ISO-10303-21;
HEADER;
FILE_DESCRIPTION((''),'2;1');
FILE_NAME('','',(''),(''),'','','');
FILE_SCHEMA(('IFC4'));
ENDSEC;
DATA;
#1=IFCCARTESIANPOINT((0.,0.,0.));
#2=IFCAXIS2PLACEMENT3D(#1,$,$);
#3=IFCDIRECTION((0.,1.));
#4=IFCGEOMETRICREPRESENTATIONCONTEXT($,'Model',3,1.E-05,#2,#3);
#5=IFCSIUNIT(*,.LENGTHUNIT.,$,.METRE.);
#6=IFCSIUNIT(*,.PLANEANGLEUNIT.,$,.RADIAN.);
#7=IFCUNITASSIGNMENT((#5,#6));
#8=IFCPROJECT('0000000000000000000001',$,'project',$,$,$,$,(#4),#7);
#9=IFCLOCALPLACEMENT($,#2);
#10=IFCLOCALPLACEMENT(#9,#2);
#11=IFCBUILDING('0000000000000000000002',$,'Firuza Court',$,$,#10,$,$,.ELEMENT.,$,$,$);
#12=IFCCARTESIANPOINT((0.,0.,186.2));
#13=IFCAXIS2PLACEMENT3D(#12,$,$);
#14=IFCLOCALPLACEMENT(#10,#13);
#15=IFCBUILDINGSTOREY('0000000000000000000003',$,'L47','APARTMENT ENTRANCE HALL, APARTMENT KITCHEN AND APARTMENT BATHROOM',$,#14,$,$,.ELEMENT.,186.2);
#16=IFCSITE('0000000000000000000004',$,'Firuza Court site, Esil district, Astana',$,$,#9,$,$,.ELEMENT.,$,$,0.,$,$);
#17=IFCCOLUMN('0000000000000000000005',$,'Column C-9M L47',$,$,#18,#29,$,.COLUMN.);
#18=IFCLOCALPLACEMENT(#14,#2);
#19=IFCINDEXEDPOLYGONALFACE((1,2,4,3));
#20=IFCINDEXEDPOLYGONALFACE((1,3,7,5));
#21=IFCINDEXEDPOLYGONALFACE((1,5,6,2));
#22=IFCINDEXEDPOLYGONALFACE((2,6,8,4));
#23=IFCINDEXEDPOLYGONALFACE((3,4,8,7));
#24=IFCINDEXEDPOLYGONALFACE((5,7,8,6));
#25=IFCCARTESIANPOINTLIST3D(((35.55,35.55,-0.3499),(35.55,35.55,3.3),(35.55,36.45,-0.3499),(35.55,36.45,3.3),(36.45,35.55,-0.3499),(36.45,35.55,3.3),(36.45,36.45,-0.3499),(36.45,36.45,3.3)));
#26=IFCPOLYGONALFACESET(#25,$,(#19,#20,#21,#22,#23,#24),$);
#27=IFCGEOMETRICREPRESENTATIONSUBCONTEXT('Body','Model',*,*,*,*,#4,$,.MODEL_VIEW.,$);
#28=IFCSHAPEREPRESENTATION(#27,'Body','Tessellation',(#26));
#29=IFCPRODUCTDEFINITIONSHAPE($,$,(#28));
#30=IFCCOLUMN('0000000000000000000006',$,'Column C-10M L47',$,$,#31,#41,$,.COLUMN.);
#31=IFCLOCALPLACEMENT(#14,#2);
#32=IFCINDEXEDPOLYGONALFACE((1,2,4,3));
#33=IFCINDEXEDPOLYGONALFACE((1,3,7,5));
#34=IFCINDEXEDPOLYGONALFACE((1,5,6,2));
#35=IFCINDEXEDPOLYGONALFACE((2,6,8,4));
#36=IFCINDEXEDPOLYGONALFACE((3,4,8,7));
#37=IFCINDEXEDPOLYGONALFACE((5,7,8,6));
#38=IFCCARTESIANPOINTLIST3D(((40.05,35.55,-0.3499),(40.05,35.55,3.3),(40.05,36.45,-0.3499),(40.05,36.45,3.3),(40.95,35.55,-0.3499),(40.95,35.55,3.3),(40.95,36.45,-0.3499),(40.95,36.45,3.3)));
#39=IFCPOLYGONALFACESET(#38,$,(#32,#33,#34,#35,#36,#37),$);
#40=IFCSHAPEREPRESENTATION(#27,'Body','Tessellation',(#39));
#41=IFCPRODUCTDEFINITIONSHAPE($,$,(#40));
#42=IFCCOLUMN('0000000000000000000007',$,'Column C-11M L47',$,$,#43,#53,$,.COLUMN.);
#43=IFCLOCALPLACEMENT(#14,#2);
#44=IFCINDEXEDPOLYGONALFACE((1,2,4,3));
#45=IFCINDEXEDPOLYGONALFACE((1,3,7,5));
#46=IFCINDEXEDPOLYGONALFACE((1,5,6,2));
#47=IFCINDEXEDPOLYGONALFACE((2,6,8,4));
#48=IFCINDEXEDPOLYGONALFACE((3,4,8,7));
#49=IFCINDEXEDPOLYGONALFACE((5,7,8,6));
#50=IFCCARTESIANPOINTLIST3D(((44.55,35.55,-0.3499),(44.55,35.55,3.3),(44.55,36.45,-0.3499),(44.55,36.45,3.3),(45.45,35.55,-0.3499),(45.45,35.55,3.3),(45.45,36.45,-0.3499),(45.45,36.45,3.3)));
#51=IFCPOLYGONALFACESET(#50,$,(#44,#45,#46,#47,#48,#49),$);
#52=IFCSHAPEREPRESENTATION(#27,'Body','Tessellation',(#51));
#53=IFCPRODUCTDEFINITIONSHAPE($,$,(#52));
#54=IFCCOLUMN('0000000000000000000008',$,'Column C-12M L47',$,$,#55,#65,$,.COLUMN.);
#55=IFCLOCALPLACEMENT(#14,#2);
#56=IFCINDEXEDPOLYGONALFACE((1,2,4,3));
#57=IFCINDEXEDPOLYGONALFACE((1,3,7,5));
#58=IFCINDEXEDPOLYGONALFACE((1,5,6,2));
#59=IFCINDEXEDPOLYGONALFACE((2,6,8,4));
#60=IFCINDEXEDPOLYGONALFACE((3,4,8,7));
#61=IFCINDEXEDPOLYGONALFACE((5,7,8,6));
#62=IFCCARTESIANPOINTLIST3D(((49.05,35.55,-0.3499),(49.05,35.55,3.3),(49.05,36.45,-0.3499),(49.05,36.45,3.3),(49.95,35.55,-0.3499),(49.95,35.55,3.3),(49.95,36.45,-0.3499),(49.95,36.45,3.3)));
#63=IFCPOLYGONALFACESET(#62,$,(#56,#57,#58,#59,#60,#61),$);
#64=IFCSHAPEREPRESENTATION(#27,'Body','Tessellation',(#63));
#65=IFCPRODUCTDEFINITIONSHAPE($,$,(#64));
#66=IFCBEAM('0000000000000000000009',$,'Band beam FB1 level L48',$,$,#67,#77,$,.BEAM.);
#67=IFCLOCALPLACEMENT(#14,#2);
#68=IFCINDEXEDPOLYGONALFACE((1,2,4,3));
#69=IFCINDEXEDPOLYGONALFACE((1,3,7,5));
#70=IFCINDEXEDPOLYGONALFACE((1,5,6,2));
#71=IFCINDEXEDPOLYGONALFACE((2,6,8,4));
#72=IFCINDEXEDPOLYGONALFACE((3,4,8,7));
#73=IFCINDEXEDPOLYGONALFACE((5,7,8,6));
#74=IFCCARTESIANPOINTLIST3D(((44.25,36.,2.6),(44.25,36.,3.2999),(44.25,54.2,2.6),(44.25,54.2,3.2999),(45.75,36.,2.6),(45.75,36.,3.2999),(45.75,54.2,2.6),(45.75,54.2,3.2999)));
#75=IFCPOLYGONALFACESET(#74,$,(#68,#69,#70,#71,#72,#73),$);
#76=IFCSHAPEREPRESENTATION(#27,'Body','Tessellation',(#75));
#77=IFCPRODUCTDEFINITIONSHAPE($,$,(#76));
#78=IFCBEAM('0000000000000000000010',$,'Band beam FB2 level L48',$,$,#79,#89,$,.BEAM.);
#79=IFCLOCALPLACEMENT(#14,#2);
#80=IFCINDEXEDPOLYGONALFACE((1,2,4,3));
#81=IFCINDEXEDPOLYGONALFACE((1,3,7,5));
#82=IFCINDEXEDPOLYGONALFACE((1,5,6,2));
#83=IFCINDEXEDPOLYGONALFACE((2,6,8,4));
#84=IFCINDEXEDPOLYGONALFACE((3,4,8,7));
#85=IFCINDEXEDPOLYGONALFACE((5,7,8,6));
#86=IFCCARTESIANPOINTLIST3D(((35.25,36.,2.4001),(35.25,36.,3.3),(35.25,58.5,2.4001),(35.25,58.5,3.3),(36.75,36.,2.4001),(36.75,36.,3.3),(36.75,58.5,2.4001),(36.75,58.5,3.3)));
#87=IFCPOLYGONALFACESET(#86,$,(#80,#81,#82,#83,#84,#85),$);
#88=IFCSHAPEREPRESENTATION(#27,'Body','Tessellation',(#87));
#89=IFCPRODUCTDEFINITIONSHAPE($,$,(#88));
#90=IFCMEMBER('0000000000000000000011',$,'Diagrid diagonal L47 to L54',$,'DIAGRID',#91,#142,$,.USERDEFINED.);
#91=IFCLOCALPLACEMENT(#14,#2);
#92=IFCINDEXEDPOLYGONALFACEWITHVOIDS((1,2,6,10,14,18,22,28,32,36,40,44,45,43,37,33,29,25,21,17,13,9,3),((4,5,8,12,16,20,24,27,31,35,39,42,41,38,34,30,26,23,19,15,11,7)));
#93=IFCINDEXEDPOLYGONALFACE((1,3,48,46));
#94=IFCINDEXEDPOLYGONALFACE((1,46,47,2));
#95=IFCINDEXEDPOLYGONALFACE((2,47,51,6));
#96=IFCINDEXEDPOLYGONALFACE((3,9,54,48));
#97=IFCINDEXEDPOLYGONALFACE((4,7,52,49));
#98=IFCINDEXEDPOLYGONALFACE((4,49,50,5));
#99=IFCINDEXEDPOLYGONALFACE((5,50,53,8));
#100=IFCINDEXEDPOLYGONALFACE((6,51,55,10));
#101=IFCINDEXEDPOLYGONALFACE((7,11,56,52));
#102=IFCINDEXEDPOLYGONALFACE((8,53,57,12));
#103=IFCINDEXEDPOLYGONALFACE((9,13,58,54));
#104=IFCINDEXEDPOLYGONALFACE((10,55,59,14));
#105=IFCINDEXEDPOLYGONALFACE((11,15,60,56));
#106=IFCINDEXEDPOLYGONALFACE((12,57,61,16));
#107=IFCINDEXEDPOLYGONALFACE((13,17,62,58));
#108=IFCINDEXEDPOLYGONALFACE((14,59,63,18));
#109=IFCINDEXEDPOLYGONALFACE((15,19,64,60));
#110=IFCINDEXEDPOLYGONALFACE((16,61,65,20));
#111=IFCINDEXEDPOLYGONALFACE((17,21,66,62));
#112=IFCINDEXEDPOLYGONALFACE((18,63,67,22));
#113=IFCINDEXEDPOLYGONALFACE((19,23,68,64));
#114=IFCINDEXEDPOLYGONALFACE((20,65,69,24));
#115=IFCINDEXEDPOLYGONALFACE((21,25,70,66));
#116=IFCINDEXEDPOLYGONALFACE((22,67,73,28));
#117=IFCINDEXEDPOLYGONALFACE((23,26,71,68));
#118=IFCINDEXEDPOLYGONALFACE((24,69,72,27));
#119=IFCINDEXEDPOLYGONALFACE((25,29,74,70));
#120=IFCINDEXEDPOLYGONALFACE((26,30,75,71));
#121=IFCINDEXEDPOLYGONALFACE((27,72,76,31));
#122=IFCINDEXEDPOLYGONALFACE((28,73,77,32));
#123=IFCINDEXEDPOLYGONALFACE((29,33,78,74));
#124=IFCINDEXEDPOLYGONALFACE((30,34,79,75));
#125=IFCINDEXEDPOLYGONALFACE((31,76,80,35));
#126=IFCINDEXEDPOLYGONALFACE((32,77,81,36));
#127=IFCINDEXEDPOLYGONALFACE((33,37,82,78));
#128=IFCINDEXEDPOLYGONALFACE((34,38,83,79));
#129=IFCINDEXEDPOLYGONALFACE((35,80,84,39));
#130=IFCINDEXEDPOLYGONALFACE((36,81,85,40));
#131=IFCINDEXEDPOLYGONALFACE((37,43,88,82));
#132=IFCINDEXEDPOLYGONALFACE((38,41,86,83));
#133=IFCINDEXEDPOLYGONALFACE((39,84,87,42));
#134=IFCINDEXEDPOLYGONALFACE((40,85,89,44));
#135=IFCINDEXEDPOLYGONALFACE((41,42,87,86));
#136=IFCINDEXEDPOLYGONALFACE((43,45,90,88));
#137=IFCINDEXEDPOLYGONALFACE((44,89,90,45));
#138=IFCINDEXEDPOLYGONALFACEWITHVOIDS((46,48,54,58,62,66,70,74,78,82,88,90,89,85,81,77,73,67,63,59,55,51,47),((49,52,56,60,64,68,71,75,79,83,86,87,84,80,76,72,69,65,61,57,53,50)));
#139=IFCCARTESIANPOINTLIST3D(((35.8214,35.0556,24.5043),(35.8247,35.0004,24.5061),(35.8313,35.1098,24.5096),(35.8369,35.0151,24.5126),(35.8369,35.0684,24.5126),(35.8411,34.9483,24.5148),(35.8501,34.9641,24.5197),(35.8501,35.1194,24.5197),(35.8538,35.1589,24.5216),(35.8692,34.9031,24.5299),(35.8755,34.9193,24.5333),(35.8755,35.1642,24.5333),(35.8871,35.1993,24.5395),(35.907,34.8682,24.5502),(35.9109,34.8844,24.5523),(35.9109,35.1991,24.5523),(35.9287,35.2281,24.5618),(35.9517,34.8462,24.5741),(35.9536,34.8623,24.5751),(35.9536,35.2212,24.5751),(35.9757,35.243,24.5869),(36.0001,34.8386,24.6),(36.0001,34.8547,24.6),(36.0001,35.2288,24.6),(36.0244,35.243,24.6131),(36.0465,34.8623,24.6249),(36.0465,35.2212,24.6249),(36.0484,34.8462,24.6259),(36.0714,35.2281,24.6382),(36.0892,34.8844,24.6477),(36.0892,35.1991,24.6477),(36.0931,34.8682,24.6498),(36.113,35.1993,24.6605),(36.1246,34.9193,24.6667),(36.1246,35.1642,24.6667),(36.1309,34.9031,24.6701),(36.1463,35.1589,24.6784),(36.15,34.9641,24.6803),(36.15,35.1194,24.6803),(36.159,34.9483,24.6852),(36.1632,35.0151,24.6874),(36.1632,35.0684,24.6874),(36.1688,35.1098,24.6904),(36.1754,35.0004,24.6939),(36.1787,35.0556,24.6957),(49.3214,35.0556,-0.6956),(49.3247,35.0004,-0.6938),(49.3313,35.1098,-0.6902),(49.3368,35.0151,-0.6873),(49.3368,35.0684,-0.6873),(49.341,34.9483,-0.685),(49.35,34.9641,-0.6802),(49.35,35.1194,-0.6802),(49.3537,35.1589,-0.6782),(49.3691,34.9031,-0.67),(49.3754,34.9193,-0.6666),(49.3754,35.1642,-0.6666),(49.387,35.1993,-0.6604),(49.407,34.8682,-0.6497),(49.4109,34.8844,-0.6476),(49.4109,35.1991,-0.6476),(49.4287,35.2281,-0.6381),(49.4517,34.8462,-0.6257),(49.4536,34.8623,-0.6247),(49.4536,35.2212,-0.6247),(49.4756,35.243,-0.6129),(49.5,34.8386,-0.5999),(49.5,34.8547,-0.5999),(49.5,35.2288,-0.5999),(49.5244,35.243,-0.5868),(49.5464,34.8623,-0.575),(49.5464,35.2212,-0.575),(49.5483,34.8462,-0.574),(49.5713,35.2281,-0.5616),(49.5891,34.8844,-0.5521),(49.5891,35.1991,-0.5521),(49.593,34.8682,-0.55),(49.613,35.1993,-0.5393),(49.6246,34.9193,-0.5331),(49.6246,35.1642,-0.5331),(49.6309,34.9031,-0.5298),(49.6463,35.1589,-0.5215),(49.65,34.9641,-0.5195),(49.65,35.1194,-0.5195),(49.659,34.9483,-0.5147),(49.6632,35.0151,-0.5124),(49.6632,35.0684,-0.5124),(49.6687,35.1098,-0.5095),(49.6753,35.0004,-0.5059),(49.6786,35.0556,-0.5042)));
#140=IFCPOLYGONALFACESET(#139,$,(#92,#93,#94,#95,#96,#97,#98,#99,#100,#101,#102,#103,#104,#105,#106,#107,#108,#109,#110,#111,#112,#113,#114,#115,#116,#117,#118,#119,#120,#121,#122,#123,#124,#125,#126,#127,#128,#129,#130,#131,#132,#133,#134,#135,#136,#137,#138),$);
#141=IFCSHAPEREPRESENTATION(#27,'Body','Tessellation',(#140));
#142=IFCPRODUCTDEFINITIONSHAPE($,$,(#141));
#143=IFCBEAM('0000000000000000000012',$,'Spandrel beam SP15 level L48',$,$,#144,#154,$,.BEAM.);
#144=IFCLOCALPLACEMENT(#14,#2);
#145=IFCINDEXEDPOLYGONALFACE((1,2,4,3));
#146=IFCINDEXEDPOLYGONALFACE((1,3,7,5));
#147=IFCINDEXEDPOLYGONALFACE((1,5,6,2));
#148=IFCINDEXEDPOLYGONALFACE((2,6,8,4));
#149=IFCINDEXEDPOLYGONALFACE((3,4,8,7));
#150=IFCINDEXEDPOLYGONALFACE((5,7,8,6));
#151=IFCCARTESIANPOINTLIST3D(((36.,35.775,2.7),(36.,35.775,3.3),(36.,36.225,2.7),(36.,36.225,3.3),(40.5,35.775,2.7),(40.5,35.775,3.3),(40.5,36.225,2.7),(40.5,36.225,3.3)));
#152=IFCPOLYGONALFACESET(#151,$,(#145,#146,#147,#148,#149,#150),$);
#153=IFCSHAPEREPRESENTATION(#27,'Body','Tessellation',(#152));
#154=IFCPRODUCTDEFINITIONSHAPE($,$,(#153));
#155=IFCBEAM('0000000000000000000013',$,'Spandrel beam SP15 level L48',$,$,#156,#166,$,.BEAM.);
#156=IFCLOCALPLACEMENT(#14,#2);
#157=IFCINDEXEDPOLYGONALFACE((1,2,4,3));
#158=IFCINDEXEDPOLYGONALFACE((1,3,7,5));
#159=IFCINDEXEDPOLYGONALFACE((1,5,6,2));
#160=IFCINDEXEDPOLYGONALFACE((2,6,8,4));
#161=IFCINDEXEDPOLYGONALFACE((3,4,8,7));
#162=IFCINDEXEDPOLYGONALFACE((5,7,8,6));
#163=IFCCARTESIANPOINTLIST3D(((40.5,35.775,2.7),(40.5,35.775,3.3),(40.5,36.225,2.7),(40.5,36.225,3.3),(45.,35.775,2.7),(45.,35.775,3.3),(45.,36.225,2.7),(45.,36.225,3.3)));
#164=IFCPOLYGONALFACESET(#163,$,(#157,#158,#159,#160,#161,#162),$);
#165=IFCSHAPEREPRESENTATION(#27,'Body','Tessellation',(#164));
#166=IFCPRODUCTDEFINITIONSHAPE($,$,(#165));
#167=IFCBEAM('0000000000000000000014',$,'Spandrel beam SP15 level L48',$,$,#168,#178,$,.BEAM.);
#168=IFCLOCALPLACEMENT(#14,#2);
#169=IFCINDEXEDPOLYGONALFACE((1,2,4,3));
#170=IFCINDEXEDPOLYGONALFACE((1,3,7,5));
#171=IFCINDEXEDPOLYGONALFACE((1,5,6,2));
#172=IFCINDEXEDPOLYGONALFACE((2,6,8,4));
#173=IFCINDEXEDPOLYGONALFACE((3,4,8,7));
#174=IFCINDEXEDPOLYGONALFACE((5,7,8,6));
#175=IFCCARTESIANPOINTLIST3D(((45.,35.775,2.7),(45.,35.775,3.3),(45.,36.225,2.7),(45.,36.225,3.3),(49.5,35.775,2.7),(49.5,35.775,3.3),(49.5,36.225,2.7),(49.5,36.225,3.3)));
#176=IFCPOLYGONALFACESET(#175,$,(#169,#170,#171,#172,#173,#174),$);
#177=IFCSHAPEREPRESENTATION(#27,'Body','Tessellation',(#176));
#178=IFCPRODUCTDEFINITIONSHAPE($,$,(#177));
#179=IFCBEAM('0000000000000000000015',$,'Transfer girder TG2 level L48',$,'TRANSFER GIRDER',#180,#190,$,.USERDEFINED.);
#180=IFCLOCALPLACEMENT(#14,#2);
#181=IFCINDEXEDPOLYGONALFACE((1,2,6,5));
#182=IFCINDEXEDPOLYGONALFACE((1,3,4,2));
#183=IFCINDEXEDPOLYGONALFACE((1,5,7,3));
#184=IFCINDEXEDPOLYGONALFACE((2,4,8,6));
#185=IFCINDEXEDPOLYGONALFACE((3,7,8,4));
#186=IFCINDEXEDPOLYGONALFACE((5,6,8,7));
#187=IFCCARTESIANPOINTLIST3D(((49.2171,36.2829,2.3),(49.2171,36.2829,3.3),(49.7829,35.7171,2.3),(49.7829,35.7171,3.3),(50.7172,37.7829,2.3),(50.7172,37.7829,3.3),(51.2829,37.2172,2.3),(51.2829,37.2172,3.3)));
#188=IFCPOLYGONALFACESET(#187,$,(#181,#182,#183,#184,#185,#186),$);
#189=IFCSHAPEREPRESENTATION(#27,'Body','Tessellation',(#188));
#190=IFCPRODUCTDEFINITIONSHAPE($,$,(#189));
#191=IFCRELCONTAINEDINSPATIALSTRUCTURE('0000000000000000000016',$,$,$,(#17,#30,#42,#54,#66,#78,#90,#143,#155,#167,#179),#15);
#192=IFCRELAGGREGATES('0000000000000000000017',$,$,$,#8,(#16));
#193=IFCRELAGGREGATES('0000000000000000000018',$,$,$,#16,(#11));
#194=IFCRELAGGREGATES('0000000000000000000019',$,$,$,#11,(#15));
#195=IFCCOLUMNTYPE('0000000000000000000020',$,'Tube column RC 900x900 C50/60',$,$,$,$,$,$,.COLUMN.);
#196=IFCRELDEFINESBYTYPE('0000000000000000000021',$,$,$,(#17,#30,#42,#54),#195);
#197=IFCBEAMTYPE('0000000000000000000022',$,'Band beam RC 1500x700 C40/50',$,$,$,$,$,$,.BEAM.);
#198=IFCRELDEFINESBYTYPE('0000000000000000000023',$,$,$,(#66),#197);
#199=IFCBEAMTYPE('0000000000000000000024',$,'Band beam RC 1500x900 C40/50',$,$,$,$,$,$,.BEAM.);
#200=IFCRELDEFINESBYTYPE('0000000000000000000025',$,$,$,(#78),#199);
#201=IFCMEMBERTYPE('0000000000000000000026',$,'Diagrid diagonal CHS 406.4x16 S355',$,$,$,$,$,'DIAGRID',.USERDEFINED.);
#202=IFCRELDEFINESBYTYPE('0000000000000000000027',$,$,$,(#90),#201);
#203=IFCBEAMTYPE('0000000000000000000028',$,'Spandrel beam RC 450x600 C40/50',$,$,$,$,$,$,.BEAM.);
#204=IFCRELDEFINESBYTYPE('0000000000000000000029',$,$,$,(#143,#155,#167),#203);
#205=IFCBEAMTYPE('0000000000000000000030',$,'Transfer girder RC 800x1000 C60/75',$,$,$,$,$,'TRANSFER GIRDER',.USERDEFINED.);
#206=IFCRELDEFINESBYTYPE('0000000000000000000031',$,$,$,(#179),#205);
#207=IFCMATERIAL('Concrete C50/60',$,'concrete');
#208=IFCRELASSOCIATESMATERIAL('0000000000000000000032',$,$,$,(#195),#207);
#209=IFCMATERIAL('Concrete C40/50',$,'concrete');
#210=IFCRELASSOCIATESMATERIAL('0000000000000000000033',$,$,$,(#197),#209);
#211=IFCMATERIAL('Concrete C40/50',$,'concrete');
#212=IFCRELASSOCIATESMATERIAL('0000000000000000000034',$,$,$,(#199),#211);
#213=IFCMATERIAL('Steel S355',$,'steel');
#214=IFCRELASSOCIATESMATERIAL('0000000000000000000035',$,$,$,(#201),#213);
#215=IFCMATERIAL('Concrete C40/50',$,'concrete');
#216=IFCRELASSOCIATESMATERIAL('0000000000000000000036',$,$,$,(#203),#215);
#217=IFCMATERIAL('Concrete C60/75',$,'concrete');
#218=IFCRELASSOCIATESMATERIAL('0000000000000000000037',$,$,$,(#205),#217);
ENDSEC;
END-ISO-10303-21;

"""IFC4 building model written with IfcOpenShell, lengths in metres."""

from ifc_helpers import new_model, si_unit, direction, frame, origin, origin_2d, place, context, subcontext, project, spatial, rectangle, hollow_circle, extrude, material, material_profile, profile_set, type_object, element, save


model = new_model("IFC4")

# Units and contexts
model_context = context("Model", 3, precision=1e-05, world=origin(), true_north=direction((0.0, 1.0)))
body_context = subcontext(model_context, "Body", "Model", "MODEL_VIEW")
ifc_project = project(units=[si_unit("LENGTHUNIT", "METRE"), si_unit("PLANEANGLEUNIT", "RADIAN")], contexts=[model_context])

# Site, building, storey
site_placement = place(None, origin())
site = spatial("IfcSite", under=ifc_project, at=site_placement, Name="Firuza Court site, Esil district, Astana", CompositionType="ELEMENT", RefElevation=0.0)
building_placement = place(site_placement, origin())
building = spatial("IfcBuilding", under=site, at=building_placement, Name="Firuza Court", CompositionType="ELEMENT")
storey_placement = place(building_placement, frame((0.0, 0.0, 186.2)))
storey = spatial("IfcBuildingStorey", under=building, at=storey_placement, Name="L47", Description="APARTMENT ENTRANCE HALL, APARTMENT KITCHEN AND APARTMENT BATHROOM", CompositionType="ELEMENT", Elevation=186.2)

# Columns
ifc_material_1 = material(Name="Concrete C50/60", Category="concrete")
ifc_material_profile_1 = material_profile(ifc_material_1, rectangle(XDim=0.8999, YDim=0.8999, at=origin_2d()), Name="RC 900x900")
ifc_profile_set_1 = profile_set([ifc_material_profile_1], Name="Concrete C50/60")
column_type = type_object("IfcColumnType", Name="Tube column RC 900x900 C50/60", PredefinedType="COLUMN", material=ifc_profile_set_1)
for number, where, z_axis, x_axis, name in (
    (1, (36.0, 36.0, -0.3499), (0.0, 0.0, 1.0), (1.0, 0.0, 0.0), "Column C-9M L47"),
    (2, (40.5, 36.0, -0.3499), (0.0, 0.0, 1.0), (1.0, 0.0, 0.0), "Column C-10M L47"),
    (3, (45.0, 36.0, -0.3499), (0.0, 0.0, 1.0), (1.0, 0.0, 0.0), "Column C-11M L47"),
    (4, (49.5, 36.0, -0.3499), (0.0, 0.0, 1.0), (1.0, 0.0, 0.0), "Column C-12M L47"),
):
    element("IfcColumn", number, at=place(storey_placement, frame(where, z_axis=z_axis, x_axis=x_axis)), inside=storey, type_object=column_type, Name=name, PredefinedType="COLUMN", context=body_context, shape_type="SweptSolid", body=[
        extrude(rectangle(XDim=0.8999, YDim=0.8999, at=origin_2d()), origin(), (0.0, 0.0, 1.0), 3.6499),
    ])

# Beams
ifc_material_2 = material(Name="Concrete C40/50", Category="concrete")
ifc_material_profile_2 = material_profile(ifc_material_2, rectangle(XDim=1.5, YDim=0.7, at=origin_2d()), Name="RC 1500x700")
ifc_profile_set_2 = profile_set([ifc_material_profile_2], Name="Concrete C40/50")
beam_type_1 = type_object("IfcBeamType", Name="Band beam RC 1500x700 C40/50", PredefinedType="BEAM", material=ifc_profile_set_2)
beam_1_placement = place(storey_placement, frame((45.0, 36.0, 2.95), z_axis=(0.0, 1.0, 0.0), x_axis=(-1.0, 0.0, 0.0)))
element("IfcBeam", 5, at=beam_1_placement, inside=storey, type_object=beam_type_1, Name="Band beam FB1 level L48", PredefinedType="BEAM", context=body_context, shape_type="SweptSolid", body=[
    extrude(rectangle(XDim=1.5, YDim=0.7, at=origin_2d()), origin(), (0.0, 0.0, 1.0), 18.2),
])
ifc_material_3 = material(Name="Concrete C40/50", Category="concrete")
ifc_material_profile_3 = material_profile(ifc_material_3, rectangle(XDim=1.5, YDim=0.8999, at=origin_2d()), Name="RC 1500x900")
ifc_profile_set_3 = profile_set([ifc_material_profile_3], Name="Concrete C40/50")
beam_type_2 = type_object("IfcBeamType", Name="Band beam RC 1500x900 C40/50", PredefinedType="BEAM", material=ifc_profile_set_3)
beam_2_placement = place(storey_placement, frame((36.0, 36.0, 2.8501), z_axis=(0.0, 1.0, 0.0), x_axis=(-1.0, 0.0, 0.0)))
element("IfcBeam", 6, at=beam_2_placement, inside=storey, type_object=beam_type_2, Name="Band beam FB2 level L48", PredefinedType="BEAM", context=body_context, shape_type="SweptSolid", body=[
    extrude(rectangle(XDim=1.5, YDim=0.8999, at=origin_2d()), origin(), (0.0, 0.0, 1.0), 22.5),
])

# Member
ifc_material_4 = material(Name="Steel S355", Category="steel")
ifc_material_profile_4 = material_profile(ifc_material_4, hollow_circle(Radius=0.2031, WallThickness=0.0161, at=origin_2d()), Name="CHS 406.4x16")
ifc_profile_set_4 = profile_set([ifc_material_profile_4], Name="Steel S355")
member_type = type_object("IfcMemberType", Name="Diagrid diagonal CHS 406.4x16 S355", ElementType="DIAGRID", PredefinedType="USERDEFINED", material=ifc_profile_set_4)
member_placement = place(storey_placement, frame((49.5, 35.0417, -0.5999), z_axis=(-0.472222, 0.0, 0.88148), x_axis=(0.0, -1.0, 0.0)))
element("IfcMember", 7, at=member_placement, inside=storey, type_object=member_type, Name="Diagrid diagonal L47 to L54", ObjectType="DIAGRID", PredefinedType="USERDEFINED", context=body_context, shape_type="SweptSolid", body=[
    extrude(hollow_circle(Radius=0.2031, WallThickness=0.0161, at=origin_2d()), origin(), (0.0, 0.0, 1.0), 28.5881),
])

# Beams
ifc_material_5 = material(Name="Concrete C40/50", Category="concrete")
ifc_material_profile_5 = material_profile(ifc_material_5, rectangle(XDim=0.45, YDim=0.6001, at=origin_2d()), Name="RC 450x600")
ifc_profile_set_5 = profile_set([ifc_material_profile_5], Name="Concrete C40/50")
beam_type_3 = type_object("IfcBeamType", Name="Spandrel beam RC 450x600 C40/50", PredefinedType="BEAM", material=ifc_profile_set_5)
for number, where, z_axis, x_axis, name in (
    (8, (36.0, 36.0, 3.0), (1.0, 0.0, 0.0), (0.0, 1.0, 0.0), "Spandrel beam SP15 level L48"),
    (9, (40.5, 36.0, 3.0), (1.0, 0.0, 0.0), (0.0, 1.0, 0.0), "Spandrel beam SP15 level L48"),
    (10, (45.0, 36.0, 3.0), (1.0, 0.0, 0.0), (0.0, 1.0, 0.0), "Spandrel beam SP15 level L48"),
):
    element("IfcBeam", number, at=place(storey_placement, frame(where, z_axis=z_axis, x_axis=x_axis)), inside=storey, type_object=beam_type_3, Name=name, PredefinedType="BEAM", context=body_context, shape_type="SweptSolid", body=[
        extrude(rectangle(XDim=0.45, YDim=0.6001, at=origin_2d()), origin(), (0.0, 0.0, 1.0), 4.5),
    ])
ifc_material_6 = material(Name="Concrete C60/75", Category="concrete")
ifc_material_profile_6 = material_profile(ifc_material_6, rectangle(XDim=0.8, YDim=1.0, at=origin_2d()), Name="RC 800x1000")
ifc_profile_set_6 = profile_set([ifc_material_profile_6], Name="Concrete C60/75")
beam_type_4 = type_object("IfcBeamType", Name="Transfer girder RC 800x1000 C60/75", ElementType="TRANSFER GIRDER", PredefinedType="USERDEFINED", material=ifc_profile_set_6)
beam_3_placement = place(storey_placement, frame((49.5, 36.0, 2.8), z_axis=(0.707107, 0.707107, 0.0), x_axis=(-0.707107, 0.707107, 0.0)))
element("IfcBeam", 11, at=beam_3_placement, inside=storey, type_object=beam_type_4, Name="Transfer girder TG2 level L48", ObjectType="TRANSFER GIRDER", PredefinedType="USERDEFINED", context=body_context, shape_type="SweptSolid", body=[
    extrude(rectangle(XDim=0.8, YDim=1.0, at=origin_2d()), origin(), (0.0, 0.0, 1.0), 2.1213),
])

save(model, "model.ifc")
